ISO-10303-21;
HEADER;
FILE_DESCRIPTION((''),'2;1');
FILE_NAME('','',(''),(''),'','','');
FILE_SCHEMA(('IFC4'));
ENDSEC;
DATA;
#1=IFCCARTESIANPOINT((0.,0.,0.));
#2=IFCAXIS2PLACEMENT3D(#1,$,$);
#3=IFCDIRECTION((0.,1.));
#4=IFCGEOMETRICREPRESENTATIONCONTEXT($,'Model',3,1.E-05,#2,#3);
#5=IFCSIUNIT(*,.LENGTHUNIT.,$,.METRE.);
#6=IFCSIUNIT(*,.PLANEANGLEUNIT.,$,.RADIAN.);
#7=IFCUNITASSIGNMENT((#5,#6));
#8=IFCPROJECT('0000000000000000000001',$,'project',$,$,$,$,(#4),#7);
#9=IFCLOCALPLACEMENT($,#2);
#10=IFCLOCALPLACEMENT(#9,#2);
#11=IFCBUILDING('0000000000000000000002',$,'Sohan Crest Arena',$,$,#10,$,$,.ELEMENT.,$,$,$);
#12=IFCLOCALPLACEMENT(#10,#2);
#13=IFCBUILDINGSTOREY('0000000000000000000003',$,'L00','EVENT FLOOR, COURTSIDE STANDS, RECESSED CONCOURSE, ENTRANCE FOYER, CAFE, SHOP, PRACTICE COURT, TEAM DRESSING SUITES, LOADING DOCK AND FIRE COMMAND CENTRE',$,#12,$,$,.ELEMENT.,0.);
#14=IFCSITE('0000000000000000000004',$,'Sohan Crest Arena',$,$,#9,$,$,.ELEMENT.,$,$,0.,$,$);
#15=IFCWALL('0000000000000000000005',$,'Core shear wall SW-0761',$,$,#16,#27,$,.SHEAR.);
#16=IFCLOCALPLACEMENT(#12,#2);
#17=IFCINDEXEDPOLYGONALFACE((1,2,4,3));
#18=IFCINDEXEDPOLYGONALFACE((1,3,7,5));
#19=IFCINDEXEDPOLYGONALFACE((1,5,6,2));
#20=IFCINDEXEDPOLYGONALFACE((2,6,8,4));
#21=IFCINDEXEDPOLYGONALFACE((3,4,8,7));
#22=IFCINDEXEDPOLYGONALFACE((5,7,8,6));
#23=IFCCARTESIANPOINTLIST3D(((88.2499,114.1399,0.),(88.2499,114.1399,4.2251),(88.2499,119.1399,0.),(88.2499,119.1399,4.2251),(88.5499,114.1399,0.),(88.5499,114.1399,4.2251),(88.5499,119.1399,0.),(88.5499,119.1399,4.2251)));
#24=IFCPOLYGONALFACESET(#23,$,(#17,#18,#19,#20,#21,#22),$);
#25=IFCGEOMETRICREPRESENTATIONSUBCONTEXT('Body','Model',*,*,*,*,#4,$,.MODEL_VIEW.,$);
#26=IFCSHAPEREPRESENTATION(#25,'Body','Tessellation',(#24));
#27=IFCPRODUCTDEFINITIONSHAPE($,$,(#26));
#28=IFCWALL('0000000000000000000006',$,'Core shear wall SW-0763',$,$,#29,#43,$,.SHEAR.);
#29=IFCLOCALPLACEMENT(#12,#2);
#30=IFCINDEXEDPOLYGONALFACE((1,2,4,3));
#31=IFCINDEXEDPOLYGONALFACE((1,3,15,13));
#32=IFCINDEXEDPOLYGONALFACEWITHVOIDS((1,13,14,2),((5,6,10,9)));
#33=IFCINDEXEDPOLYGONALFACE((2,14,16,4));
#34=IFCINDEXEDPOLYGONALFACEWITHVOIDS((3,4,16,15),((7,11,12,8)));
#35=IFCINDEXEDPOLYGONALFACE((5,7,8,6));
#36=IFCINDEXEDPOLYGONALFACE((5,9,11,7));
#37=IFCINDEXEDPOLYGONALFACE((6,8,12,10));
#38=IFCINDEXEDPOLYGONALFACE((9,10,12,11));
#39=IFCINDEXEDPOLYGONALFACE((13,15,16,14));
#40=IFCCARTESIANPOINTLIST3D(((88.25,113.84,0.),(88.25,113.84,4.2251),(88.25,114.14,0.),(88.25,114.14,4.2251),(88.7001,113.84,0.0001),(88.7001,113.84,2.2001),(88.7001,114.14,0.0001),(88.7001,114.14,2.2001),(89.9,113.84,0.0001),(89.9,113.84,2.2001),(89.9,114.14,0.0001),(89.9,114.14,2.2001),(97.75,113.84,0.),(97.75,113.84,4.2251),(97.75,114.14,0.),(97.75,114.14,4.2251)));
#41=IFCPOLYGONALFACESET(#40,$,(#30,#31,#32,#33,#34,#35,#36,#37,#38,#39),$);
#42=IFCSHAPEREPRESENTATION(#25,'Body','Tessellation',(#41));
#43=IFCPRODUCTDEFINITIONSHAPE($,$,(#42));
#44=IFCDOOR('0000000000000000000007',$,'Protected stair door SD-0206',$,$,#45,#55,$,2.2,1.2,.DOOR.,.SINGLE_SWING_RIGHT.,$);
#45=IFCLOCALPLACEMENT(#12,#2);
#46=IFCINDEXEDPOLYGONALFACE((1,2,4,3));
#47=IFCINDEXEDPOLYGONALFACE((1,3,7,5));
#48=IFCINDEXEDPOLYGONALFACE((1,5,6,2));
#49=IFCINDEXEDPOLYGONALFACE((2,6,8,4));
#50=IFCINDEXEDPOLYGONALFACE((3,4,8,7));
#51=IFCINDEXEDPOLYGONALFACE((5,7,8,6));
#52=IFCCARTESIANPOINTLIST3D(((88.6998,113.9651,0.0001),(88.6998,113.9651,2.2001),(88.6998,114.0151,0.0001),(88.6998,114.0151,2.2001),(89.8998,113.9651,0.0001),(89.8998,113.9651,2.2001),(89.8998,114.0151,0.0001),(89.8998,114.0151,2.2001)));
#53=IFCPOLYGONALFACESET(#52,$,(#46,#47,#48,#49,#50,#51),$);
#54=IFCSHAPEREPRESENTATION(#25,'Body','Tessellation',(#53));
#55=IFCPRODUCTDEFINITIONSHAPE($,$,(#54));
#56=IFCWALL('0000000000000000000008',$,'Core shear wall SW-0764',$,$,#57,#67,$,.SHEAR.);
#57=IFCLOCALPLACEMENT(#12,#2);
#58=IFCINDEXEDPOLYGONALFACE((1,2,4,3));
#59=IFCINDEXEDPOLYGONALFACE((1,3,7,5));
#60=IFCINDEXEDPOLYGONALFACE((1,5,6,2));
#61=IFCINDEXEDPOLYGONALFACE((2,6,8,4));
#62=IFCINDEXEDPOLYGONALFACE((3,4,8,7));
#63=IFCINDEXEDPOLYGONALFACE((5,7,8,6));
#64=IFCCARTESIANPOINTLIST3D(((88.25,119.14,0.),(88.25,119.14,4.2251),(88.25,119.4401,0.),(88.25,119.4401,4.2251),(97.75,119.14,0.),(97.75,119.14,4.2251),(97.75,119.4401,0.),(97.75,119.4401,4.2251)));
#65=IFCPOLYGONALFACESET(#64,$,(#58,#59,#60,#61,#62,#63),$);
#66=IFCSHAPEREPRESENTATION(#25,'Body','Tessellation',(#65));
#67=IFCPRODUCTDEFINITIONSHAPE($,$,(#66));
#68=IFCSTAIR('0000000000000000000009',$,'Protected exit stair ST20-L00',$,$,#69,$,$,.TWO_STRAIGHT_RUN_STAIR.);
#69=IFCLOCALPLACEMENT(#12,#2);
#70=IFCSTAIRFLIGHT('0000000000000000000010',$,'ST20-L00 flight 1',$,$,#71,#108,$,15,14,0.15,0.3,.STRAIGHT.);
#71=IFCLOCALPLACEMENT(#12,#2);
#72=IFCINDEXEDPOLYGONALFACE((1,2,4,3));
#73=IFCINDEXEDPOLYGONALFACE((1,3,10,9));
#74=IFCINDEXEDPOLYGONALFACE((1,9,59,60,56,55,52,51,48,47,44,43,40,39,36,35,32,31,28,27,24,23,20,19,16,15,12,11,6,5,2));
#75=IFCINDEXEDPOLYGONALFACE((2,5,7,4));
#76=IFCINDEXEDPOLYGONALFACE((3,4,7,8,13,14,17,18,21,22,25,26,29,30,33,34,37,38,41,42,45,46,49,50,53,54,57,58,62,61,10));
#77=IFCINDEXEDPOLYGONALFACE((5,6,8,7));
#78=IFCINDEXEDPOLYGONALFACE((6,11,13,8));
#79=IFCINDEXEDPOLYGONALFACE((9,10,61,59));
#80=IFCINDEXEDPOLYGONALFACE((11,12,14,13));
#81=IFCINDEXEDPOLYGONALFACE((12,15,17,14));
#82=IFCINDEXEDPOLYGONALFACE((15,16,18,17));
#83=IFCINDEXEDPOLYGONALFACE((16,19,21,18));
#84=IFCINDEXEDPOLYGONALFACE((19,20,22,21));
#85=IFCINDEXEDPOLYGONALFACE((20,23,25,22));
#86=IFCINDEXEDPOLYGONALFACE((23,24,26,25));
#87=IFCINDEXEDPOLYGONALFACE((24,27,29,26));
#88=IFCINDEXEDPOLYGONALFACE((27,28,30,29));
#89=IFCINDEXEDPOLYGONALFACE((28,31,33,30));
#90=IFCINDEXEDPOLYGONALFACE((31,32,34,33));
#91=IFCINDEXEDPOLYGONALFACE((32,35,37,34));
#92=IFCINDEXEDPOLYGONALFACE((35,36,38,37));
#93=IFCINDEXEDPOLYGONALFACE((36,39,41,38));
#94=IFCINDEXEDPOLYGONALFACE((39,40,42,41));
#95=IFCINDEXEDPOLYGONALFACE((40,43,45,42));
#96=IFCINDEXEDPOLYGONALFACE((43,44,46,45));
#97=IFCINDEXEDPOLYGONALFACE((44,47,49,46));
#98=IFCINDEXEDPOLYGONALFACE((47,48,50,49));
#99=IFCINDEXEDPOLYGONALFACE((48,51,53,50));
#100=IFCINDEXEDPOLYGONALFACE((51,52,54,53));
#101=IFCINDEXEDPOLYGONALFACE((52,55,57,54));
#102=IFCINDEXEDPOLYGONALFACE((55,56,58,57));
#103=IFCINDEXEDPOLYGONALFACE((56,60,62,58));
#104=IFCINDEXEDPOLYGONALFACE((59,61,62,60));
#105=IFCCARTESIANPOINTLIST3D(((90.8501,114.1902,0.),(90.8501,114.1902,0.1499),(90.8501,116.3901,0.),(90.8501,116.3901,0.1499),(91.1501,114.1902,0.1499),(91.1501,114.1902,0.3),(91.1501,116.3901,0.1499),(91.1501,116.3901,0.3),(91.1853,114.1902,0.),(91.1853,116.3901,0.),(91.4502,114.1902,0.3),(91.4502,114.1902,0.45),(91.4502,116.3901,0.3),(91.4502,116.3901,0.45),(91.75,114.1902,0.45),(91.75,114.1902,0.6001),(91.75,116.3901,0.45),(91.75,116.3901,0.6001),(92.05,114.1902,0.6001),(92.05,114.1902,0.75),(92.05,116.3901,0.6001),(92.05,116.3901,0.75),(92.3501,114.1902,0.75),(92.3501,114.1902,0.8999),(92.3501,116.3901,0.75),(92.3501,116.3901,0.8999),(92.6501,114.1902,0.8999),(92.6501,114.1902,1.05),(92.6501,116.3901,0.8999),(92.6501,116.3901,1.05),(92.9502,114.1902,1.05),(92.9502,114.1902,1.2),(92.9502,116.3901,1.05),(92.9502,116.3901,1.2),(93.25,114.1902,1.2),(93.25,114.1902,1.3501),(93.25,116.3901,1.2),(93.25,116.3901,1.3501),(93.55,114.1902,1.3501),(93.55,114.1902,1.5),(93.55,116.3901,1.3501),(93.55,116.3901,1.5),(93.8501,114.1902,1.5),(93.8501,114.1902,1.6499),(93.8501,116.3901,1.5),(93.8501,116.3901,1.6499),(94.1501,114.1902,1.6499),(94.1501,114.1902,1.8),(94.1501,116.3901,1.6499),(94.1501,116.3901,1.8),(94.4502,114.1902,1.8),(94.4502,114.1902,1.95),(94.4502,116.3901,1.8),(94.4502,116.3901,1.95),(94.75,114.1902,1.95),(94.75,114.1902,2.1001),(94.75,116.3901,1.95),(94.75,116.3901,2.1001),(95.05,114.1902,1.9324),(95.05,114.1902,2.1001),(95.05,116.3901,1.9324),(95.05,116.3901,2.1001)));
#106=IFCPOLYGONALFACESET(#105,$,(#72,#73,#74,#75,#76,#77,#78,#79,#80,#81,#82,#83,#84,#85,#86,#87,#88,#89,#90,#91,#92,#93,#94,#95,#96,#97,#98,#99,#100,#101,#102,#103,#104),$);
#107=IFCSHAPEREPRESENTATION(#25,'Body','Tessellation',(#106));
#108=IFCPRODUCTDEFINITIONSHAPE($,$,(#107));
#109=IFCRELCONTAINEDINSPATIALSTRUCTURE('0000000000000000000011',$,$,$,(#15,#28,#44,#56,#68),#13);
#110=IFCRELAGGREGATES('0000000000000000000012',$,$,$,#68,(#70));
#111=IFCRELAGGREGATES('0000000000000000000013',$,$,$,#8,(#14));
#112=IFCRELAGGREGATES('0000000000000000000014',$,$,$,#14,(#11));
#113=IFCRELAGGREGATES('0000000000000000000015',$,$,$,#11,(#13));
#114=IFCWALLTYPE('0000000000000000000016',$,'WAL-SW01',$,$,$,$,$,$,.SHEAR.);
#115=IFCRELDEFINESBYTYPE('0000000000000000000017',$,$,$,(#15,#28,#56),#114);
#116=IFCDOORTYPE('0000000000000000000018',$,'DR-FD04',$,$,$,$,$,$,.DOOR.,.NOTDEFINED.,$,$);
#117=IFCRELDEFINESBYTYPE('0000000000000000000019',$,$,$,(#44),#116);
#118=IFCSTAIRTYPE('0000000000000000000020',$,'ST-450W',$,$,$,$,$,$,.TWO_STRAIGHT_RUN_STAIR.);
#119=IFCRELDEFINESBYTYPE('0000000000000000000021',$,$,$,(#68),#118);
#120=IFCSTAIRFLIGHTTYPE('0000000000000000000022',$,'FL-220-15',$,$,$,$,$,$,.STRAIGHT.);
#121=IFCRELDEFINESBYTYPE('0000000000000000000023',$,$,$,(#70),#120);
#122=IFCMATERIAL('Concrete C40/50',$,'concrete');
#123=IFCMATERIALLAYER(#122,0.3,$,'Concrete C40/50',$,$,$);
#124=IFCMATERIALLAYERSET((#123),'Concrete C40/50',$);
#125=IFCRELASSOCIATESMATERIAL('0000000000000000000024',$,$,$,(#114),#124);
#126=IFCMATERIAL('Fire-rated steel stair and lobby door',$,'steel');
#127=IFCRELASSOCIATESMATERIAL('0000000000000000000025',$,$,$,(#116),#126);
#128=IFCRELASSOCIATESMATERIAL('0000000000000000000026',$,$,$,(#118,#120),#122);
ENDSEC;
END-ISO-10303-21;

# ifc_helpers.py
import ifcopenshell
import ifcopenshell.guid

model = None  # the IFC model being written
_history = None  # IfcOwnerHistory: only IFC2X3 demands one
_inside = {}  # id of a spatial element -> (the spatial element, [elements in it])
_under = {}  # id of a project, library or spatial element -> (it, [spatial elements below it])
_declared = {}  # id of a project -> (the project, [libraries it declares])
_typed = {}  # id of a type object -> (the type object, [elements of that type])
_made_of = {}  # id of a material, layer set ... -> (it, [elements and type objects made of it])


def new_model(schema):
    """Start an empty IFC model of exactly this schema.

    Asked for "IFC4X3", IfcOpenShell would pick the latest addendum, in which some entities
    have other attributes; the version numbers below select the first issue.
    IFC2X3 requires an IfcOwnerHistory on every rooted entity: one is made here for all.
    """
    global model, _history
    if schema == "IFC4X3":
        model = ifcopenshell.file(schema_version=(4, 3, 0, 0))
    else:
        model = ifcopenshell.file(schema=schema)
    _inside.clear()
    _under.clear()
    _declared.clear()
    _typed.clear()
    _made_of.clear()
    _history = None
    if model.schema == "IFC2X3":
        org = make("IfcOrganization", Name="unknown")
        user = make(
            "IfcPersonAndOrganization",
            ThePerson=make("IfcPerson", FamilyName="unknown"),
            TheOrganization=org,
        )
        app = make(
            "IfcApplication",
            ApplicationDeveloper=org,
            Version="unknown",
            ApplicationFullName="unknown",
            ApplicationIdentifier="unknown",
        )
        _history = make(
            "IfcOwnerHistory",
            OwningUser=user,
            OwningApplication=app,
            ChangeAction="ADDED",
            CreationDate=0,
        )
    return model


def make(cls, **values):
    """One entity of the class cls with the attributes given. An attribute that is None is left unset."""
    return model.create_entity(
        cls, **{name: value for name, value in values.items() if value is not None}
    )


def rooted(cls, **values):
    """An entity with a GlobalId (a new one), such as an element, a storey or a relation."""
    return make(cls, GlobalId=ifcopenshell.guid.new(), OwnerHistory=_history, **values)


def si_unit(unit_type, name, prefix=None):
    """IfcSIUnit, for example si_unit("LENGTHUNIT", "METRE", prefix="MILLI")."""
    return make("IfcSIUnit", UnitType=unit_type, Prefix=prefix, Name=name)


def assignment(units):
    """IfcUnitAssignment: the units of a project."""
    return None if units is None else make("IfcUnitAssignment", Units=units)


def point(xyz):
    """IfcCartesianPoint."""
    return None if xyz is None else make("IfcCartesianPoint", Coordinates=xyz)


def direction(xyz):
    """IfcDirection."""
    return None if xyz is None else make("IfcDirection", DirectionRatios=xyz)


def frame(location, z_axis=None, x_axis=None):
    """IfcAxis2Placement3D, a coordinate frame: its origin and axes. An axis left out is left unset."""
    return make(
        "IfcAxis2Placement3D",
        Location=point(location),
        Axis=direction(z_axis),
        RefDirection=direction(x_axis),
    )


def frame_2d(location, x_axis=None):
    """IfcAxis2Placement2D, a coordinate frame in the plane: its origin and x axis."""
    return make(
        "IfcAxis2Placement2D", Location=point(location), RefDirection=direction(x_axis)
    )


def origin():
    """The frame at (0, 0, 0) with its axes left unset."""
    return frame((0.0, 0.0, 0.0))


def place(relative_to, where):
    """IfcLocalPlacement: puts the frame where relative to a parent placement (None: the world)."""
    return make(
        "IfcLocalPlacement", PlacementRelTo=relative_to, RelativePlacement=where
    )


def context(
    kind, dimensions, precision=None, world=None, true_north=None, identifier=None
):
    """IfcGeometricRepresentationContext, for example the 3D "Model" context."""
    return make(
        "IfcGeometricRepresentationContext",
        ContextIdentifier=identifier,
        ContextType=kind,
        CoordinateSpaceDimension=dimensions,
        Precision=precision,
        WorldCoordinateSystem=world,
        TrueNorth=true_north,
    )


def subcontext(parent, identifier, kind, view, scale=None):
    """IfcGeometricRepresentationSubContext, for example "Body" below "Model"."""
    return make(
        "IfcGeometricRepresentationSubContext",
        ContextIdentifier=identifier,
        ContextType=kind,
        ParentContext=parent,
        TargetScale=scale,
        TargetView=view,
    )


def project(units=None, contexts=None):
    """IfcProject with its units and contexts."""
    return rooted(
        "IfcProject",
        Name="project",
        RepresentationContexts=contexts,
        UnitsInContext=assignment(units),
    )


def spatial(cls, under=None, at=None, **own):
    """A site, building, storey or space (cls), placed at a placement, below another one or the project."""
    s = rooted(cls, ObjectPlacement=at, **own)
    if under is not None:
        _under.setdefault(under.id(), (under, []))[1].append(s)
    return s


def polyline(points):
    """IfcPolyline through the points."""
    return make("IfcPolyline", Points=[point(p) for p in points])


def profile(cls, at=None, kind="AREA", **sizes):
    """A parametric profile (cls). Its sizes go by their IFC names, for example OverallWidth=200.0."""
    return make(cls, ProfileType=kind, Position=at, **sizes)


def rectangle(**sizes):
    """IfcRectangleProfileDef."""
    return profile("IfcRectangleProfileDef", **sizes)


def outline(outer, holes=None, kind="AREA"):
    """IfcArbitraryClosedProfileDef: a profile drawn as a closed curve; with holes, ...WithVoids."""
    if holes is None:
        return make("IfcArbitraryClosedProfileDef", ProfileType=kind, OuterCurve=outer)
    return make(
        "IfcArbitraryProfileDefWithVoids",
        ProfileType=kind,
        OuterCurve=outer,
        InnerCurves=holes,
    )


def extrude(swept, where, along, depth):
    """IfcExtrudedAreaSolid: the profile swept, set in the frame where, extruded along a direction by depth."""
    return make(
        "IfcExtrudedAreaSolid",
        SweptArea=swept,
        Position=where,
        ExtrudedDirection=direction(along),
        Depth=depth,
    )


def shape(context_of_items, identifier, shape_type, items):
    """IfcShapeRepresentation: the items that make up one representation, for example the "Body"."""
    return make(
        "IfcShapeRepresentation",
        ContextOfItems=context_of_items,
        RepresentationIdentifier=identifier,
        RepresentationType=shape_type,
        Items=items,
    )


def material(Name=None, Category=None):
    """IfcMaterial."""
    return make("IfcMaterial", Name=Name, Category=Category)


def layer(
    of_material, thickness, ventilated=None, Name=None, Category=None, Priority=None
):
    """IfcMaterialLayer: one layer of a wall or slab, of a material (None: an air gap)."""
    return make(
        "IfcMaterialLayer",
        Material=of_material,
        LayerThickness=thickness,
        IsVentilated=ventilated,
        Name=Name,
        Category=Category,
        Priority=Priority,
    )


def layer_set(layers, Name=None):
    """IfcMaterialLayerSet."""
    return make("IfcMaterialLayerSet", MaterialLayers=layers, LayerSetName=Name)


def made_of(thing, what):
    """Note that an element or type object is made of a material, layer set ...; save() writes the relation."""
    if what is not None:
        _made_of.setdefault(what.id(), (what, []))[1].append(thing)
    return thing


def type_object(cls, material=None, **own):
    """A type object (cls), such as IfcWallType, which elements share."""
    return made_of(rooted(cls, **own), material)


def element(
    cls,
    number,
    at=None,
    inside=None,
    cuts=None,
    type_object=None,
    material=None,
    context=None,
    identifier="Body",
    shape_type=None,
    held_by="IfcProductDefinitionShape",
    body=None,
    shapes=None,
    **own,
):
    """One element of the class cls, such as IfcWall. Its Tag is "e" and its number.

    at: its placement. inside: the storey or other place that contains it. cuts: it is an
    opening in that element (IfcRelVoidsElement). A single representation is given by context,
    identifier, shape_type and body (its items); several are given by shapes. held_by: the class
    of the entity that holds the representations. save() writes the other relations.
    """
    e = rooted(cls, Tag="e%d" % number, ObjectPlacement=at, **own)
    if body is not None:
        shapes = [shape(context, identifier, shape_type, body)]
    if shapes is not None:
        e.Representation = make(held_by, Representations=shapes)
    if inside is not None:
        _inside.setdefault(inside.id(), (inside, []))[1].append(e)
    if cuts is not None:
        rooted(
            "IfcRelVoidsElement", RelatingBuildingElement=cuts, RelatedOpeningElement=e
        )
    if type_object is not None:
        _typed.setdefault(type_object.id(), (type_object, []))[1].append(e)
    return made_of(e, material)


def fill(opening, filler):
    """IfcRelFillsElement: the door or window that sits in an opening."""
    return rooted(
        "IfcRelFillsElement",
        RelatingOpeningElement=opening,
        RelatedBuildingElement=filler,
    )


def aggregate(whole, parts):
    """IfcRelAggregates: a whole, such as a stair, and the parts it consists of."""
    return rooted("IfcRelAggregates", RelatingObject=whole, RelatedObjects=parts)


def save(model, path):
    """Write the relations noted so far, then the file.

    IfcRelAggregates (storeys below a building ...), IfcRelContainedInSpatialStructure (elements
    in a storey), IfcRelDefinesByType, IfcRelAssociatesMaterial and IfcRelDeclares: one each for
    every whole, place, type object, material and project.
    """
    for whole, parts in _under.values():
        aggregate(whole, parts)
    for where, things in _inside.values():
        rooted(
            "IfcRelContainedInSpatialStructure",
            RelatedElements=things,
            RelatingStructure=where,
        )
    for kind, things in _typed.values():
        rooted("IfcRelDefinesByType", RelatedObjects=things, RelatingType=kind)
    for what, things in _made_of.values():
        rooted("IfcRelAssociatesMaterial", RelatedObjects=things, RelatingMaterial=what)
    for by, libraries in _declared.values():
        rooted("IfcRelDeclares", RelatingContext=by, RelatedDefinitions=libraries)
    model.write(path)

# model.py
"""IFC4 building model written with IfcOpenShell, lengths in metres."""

from ifc_helpers import new_model, si_unit, direction, frame, frame_2d, origin, place, context, subcontext, project, spatial, polyline, rectangle, outline, extrude, material, layer, layer_set, type_object, element, fill, aggregate, save


model = new_model("IFC4")

# Units and contexts
model_context = context("Model", 3, precision=1e-05, world=origin(), true_north=direction((0.0, 1.0)))
body_context = subcontext(model_context, "Body", "Model", "MODEL_VIEW")
ifc_project = project(units=[si_unit("LENGTHUNIT", "METRE"), si_unit("PLANEANGLEUNIT", "RADIAN")], contexts=[model_context])

# Site, building, storey
site_placement = place(None, origin())
site = spatial("IfcSite", under=ifc_project, at=site_placement, Name="Sohan Crest Arena", CompositionType="ELEMENT", RefElevation=0.0)
building_placement = place(site_placement, origin())
building = spatial("IfcBuilding", under=site, at=building_placement, Name="Sohan Crest Arena", CompositionType="ELEMENT")
storey_placement = place(building_placement, origin())
storey = spatial("IfcBuildingStorey", under=building, at=storey_placement, Name="L00", Description="EVENT FLOOR, COURTSIDE STANDS, RECESSED CONCOURSE, ENTRANCE FOYER, CAFE, SHOP, PRACTICE COURT, TEAM DRESSING SUITES, LOADING DOCK AND FIRE COMMAND CENTRE", CompositionType="ELEMENT", Elevation=0.0)

# Wall
ifc_material_1 = material(Name="Concrete C40/50", Category="concrete")
ifc_layer_1 = layer(ifc_material_1, 0.3, Name="Concrete C40/50")
ifc_layer_set_1 = layer_set([ifc_layer_1], Name="Concrete C40/50")
wall_type = type_object("IfcWallType", Name="WAL-SW01", PredefinedType="SHEAR", material=ifc_layer_set_1)
wall_1_placement = place(storey_placement, frame((88.3999, 114.1399, 0.0), z_axis=(0.0, 0.0, 1.0), x_axis=(0.0, 1.0, 0.0)))
element("IfcWall", 1, at=wall_1_placement, inside=storey, type_object=wall_type, Name="Core shear wall SW-0761", PredefinedType="SHEAR", context=body_context, shape_type="SweptSolid", body=[
    extrude(rectangle(XDim=5.0, YDim=0.3, at=frame_2d((2.5, 0.0))), origin(), (0.0, 0.0, 1.0), 4.2251),
])

# Wall, opening, door
wall_2_placement = place(storey_placement, frame((88.25, 113.99, 0.0), z_axis=(0.0, 0.0, 1.0), x_axis=(1.0, 0.0, 0.0)))
wall_2 = element("IfcWall", 2, at=wall_2_placement, inside=storey, type_object=wall_type, Name="Core shear wall SW-0763", PredefinedType="SHEAR", context=body_context, shape_type="SweptSolid", body=[
    extrude(rectangle(XDim=9.5, YDim=0.3, at=frame_2d((4.75, 0.0))), origin(), (0.0, 0.0, 1.0), 4.2251),
])
opening_placement = place(wall_2_placement, frame((0.45, 0.0, 0.0)))
opening = element("IfcOpeningElement", 3, at=opening_placement, cuts=wall_2, PredefinedType="OPENING", context=body_context, shape_type="SweptSolid", body=[
    extrude(rectangle(XDim=1.2, YDim=2.2, at=frame_2d((0.6001, 1.1001))), frame((0.0, 0.1599, 0.0), z_axis=(0.0, -1.0, 0.0), x_axis=(1.0, 0.0, 0.0)), (0.0, 0.0, 1.0), 0.3201),
])
ifc_material_2 = material(Name="Fire-rated steel stair and lobby door", Category="steel")
door_type = type_object("IfcDoorType", Name="DR-FD04", OperationType="NOTDEFINED", PredefinedType="DOOR", material=ifc_material_2)
door_placement = place(opening_placement, frame((1.2, 0.0, 0.0), z_axis=(0.0, 0.0, 1.0), x_axis=(-1.0, 0.0, 0.0)))
door = element("IfcDoor", 4, at=door_placement, inside=storey, type_object=door_type, Name="Protected stair door SD-0206", OperationType="SINGLE_SWING_RIGHT", OverallHeight=2.2, OverallWidth=1.2, PredefinedType="DOOR", context=body_context, shape_type="SweptSolid", body=[
    extrude(rectangle(XDim=1.2, YDim=2.2, at=frame_2d((0.6001, 1.1001))), frame((0.0, 0.0249, 0.0), z_axis=(0.0, -1.0, 0.0), x_axis=(1.0, 0.0, 0.0)), (0.0, 0.0, 1.0), 0.05),
])
fill(opening, door)

# Wall
wall_3_placement = place(storey_placement, frame((88.25, 119.29, 0.0), z_axis=(0.0, 0.0, 1.0), x_axis=(1.0, 0.0, 0.0)))
element("IfcWall", 5, at=wall_3_placement, inside=storey, type_object=wall_type, Name="Core shear wall SW-0764", PredefinedType="SHEAR", context=body_context, shape_type="SweptSolid", body=[
    extrude(rectangle(XDim=9.5, YDim=0.3, at=frame_2d((4.75, 0.0))), origin(), (0.0, 0.0, 1.0), 4.2251),
])

# Stair, stair flight
stair_type = type_object("IfcStairType", Name="ST-450W", PredefinedType="TWO_STRAIGHT_RUN_STAIR", material=ifc_material_1)
stair_placement = place(storey_placement, origin())
stair = element("IfcStair", 6, at=stair_placement, inside=storey, type_object=stair_type, Name="Protected exit stair ST20-L00", PredefinedType="TWO_STRAIGHT_RUN_STAIR")
stair_flight_type = type_object("IfcStairFlightType", Name="FL-220-15", PredefinedType="STRAIGHT", material=ifc_material_1)
stair_flight_placement = place(storey_placement, frame((90.8501, 115.29, 0.0), z_axis=(0.0, 0.0, 1.0), x_axis=(1.0, 0.0, 0.0)))
stair_flight = element("IfcStairFlight", 7, at=stair_flight_placement, type_object=stair_flight_type, Name="ST20-L00 flight 1", NumberOfRisers=15, NumberOfTreads=14, PredefinedType="STRAIGHT", RiserHeight=0.15, TreadLength=0.3, context=body_context, shape_type="SweptSolid", body=[
    extrude(outline(polyline([(0.0, 0.0), (0.0, 0.1499), (0.3, 0.1499), (0.3, 0.3), (0.6001, 0.3), (0.6001, 0.45), (0.8999, 0.45), (0.8999, 0.6001), (1.2, 0.6001), (1.2, 0.75), (1.5, 0.75), (1.5, 0.8999), (1.8, 0.8999), (1.8, 1.05), (2.1001, 1.05), (2.1001, 1.2), (2.3999, 1.2), (2.3999, 1.3501), (2.7, 1.3501), (2.7, 1.5), (3.0, 1.5), (3.0, 1.6499), (3.3, 1.6499), (3.3, 1.8), (3.6001, 1.8), (3.6001, 1.95), (3.8999, 1.95), (3.8999, 2.1001), (4.2, 2.1001), (4.2, 2.25), (4.2, 1.9324), (0.3352, 0.0), (0.0, 0.0)])), frame((0.0, 1.1001, 0.0), z_axis=(0.0, -1.0, 0.0), x_axis=(1.0, 0.0, 0.0)), (0.0, 0.0, 1.0), 2.2),
])
aggregate(stair, [stair_flight])

save(model, "model.ifc")
